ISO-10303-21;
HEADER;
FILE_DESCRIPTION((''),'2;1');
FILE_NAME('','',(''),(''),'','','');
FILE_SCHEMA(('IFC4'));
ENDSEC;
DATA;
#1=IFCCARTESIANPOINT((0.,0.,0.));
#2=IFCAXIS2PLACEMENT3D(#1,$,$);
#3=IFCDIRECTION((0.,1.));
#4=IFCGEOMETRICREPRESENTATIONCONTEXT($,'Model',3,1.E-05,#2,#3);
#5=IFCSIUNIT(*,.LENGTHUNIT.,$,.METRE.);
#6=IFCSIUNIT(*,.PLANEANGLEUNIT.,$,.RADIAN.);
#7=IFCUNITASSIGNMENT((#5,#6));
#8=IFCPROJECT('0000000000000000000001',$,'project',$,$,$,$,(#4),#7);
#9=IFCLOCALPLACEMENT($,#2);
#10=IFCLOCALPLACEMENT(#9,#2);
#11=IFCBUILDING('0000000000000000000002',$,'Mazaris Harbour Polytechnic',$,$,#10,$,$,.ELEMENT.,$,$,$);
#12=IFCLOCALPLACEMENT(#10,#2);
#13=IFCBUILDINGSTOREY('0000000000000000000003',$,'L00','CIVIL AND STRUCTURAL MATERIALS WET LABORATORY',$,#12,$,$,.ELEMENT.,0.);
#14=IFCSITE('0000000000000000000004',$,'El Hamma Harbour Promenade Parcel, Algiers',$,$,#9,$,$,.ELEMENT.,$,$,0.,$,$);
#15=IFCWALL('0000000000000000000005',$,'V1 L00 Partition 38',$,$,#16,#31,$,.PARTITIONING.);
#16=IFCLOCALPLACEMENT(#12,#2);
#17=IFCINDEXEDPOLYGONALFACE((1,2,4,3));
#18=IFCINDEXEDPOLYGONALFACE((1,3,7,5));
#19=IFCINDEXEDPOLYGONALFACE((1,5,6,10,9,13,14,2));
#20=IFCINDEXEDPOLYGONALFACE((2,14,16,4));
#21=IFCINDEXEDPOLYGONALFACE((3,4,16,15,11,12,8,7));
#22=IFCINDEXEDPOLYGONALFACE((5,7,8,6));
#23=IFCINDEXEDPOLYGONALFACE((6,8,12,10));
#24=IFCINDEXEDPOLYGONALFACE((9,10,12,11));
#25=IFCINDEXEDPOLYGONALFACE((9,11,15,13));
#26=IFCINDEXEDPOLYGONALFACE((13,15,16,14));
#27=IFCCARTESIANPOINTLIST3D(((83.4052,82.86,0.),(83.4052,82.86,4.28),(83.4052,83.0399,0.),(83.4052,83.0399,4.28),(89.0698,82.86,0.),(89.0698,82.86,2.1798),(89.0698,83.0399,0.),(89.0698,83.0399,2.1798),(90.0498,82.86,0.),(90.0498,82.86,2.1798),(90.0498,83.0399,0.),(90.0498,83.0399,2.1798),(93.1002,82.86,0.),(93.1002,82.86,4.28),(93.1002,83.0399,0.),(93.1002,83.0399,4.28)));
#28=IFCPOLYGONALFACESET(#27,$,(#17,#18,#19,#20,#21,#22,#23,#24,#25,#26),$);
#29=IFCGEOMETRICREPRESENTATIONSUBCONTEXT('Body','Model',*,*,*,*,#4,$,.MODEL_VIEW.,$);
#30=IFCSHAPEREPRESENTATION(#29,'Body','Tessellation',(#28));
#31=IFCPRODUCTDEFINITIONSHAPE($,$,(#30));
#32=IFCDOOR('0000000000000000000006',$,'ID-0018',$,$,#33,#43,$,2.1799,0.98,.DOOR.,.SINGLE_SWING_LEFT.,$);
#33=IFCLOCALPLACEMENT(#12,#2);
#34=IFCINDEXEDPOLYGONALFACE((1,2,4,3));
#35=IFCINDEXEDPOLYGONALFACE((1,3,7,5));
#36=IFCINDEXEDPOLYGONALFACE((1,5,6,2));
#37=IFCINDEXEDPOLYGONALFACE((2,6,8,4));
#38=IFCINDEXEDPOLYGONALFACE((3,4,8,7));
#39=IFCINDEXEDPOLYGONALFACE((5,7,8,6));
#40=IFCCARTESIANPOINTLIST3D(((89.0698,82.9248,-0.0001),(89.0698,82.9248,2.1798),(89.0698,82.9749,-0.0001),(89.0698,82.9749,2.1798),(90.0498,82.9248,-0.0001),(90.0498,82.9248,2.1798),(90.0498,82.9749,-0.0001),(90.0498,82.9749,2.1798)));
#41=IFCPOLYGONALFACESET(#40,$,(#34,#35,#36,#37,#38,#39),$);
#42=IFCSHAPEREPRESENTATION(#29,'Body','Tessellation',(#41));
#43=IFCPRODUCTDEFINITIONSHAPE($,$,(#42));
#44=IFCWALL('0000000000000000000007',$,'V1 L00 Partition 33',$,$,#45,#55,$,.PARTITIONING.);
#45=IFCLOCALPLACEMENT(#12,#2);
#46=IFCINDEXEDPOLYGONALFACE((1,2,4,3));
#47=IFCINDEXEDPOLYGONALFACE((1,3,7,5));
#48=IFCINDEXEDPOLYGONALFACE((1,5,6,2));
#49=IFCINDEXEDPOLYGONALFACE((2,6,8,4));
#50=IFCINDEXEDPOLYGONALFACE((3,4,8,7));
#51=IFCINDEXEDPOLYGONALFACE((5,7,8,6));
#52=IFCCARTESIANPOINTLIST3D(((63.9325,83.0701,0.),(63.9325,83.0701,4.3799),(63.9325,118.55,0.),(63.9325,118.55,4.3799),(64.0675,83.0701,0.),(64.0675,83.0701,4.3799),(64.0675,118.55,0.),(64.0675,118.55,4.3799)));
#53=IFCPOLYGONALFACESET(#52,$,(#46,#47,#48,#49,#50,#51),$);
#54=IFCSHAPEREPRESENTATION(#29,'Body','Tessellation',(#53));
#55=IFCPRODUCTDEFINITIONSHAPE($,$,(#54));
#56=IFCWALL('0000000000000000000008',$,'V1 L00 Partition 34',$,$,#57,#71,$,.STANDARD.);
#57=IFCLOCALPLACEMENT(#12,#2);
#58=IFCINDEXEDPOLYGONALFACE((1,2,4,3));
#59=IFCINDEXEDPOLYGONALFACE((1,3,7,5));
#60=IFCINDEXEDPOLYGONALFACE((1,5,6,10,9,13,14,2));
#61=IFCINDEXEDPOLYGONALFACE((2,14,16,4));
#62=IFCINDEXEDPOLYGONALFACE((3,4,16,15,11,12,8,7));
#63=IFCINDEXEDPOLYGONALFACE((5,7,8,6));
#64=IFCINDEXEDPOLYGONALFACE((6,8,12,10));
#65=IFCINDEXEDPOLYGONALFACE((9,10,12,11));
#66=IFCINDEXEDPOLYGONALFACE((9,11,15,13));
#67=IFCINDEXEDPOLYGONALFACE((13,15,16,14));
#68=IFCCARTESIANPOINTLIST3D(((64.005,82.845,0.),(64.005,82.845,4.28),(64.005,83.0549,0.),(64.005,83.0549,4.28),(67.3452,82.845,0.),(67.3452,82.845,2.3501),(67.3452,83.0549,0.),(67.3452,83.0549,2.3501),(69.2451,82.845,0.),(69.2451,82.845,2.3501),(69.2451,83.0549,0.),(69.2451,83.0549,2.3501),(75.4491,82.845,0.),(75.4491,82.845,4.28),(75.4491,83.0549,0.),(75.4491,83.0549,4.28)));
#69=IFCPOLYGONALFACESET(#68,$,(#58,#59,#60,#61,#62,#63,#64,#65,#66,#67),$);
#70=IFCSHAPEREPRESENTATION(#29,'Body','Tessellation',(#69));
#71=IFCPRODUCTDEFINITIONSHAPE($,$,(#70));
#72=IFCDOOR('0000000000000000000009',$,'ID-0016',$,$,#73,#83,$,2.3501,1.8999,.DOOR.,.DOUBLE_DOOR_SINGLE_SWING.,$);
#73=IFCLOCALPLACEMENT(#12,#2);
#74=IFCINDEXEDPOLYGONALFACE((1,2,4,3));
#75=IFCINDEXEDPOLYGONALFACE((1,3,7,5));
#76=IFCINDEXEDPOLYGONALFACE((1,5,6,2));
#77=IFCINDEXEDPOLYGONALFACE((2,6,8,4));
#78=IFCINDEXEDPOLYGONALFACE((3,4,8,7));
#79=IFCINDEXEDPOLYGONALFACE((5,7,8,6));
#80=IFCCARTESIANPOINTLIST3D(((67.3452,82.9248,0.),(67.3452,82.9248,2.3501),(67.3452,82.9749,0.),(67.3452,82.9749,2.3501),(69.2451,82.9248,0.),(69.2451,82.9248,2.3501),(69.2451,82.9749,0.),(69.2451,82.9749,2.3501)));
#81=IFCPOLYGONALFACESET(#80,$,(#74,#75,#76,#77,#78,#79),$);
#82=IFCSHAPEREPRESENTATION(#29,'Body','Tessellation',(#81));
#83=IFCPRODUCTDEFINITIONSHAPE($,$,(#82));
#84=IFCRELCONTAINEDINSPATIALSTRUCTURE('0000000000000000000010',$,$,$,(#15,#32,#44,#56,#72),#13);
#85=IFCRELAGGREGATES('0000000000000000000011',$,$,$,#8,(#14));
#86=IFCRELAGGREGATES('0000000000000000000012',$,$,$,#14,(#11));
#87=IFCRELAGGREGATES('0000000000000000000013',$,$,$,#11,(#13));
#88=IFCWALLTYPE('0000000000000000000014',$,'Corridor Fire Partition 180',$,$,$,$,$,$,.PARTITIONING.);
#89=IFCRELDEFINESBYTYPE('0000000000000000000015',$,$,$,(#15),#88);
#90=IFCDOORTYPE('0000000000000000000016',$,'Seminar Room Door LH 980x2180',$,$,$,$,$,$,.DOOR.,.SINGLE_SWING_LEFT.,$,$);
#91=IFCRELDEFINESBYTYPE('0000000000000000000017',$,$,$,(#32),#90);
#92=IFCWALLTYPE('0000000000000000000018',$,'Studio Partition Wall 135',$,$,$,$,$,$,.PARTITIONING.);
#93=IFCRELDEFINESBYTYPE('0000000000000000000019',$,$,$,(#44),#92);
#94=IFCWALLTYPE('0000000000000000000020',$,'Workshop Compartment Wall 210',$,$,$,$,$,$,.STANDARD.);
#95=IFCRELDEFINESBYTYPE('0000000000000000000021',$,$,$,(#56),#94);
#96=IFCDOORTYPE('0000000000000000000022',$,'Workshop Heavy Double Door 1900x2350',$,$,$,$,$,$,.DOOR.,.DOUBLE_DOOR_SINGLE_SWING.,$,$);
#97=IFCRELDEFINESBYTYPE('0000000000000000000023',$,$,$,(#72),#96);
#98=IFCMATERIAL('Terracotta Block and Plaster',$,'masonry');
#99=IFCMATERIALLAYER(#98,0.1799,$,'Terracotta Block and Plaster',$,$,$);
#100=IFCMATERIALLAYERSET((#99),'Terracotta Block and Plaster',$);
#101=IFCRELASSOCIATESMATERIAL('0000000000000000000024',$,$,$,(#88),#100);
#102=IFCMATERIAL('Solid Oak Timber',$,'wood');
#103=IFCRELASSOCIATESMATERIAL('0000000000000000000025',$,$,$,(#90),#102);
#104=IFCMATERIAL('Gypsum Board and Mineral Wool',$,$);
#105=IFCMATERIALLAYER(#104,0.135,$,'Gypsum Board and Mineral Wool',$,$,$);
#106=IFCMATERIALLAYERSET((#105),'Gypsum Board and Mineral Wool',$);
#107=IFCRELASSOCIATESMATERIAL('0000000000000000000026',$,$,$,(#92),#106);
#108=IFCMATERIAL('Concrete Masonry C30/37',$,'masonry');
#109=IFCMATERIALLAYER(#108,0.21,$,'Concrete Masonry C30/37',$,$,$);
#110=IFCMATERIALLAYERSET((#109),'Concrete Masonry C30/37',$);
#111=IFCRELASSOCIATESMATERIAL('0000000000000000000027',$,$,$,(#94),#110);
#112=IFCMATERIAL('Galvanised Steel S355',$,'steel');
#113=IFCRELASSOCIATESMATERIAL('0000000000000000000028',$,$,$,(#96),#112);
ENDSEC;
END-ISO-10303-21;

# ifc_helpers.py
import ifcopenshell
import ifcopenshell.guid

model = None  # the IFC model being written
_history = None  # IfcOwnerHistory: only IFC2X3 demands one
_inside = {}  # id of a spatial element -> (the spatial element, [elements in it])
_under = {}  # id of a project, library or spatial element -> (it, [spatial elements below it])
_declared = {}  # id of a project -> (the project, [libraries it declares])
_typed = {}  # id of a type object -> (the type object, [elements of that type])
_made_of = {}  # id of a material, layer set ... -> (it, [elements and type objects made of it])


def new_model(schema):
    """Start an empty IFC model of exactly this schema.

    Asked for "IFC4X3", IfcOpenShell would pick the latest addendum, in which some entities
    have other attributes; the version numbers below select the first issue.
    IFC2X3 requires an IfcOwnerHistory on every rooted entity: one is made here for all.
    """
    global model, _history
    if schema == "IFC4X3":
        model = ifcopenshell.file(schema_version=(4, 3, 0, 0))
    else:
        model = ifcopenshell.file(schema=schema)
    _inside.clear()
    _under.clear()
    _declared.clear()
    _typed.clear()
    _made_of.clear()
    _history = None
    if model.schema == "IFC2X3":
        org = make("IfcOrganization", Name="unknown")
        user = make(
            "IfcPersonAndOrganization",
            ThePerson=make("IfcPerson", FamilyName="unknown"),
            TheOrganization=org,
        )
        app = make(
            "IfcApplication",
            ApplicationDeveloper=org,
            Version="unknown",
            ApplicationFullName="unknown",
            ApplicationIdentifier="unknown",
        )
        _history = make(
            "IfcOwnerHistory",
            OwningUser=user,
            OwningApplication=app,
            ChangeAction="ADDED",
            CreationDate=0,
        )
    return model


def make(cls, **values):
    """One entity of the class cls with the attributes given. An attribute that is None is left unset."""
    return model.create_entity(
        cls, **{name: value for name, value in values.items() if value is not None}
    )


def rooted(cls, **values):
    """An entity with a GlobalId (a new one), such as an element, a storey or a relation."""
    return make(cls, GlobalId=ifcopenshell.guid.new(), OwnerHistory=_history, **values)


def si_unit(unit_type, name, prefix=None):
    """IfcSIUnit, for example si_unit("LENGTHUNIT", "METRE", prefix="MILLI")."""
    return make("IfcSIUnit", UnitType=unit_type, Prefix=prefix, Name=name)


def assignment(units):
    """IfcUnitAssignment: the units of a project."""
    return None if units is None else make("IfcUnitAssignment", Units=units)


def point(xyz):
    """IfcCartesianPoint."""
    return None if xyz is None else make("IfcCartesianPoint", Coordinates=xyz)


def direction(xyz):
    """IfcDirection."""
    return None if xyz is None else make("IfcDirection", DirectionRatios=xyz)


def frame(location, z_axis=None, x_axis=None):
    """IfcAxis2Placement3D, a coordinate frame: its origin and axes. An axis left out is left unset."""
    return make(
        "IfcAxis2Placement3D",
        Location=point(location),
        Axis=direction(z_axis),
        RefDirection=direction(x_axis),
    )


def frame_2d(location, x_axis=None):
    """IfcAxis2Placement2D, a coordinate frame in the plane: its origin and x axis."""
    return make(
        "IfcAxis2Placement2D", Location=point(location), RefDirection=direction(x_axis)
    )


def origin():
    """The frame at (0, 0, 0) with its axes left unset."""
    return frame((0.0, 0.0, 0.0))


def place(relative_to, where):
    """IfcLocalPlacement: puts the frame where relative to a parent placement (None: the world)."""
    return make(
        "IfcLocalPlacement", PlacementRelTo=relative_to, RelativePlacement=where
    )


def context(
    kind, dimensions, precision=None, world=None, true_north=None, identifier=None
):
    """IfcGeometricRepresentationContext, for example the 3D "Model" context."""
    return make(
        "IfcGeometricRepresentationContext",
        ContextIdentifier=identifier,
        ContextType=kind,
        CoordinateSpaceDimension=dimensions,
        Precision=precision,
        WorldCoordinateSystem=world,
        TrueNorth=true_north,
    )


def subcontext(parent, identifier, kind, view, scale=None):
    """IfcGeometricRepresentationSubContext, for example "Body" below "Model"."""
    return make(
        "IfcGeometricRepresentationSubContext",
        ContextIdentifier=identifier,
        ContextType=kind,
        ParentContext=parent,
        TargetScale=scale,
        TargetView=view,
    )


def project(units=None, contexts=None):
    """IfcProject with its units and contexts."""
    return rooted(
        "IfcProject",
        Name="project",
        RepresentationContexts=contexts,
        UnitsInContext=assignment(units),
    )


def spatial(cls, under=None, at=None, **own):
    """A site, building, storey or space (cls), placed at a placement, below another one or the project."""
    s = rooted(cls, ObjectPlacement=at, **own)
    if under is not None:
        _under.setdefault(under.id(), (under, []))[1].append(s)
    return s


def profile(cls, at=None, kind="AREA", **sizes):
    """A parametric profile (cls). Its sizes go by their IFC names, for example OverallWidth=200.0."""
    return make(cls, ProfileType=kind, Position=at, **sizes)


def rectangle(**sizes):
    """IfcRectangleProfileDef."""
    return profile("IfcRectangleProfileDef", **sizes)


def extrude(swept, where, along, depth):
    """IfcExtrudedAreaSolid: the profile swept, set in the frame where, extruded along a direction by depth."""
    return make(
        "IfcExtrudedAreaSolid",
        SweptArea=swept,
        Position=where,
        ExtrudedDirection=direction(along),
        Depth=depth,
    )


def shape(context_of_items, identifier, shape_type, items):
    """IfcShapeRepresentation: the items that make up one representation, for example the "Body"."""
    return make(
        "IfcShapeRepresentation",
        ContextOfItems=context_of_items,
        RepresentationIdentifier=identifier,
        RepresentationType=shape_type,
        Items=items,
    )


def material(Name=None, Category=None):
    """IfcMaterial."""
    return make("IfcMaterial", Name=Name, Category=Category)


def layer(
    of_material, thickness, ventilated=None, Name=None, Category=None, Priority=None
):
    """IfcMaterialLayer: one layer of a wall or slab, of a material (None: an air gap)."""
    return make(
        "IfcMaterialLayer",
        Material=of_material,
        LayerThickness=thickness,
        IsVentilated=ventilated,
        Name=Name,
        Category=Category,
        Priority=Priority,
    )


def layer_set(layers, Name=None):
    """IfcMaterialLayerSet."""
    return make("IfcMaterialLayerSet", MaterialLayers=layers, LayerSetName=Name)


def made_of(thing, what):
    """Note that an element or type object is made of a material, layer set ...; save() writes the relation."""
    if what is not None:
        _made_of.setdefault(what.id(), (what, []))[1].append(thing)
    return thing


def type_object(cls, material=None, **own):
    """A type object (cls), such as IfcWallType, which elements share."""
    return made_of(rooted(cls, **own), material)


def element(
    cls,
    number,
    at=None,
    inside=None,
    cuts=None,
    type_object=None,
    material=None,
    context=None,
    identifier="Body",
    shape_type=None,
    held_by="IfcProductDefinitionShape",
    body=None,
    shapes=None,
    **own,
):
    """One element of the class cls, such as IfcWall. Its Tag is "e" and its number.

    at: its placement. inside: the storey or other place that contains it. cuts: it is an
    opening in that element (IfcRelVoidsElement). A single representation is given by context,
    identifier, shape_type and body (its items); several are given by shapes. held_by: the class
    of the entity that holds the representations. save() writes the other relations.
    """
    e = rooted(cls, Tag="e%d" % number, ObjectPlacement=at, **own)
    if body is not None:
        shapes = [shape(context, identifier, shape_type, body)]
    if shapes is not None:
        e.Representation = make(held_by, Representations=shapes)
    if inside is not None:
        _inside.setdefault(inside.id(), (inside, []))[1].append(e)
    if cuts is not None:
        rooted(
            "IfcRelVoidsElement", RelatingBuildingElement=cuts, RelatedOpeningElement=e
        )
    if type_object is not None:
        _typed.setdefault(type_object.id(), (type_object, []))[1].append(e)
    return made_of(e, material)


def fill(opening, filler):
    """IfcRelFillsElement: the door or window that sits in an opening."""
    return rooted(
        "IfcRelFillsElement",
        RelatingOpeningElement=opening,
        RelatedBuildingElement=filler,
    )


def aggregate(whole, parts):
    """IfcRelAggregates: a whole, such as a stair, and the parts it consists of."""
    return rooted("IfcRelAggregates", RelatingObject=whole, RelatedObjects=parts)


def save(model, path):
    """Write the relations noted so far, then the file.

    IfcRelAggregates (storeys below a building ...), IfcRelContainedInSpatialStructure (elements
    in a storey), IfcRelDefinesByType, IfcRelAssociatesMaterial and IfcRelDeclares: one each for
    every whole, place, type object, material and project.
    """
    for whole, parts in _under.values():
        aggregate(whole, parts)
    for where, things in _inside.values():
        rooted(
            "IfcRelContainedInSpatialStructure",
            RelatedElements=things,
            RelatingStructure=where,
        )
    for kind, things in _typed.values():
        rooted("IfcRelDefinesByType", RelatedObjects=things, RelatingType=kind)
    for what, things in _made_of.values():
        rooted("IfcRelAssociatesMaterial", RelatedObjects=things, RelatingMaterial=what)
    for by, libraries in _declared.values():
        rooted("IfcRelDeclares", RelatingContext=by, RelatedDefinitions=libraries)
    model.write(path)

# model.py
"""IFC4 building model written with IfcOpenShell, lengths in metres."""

from ifc_helpers import new_model, si_unit, direction, frame, frame_2d, origin, place, context, subcontext, project, spatial, rectangle, extrude, material, layer, layer_set, type_object, element, fill, save


model = new_model("IFC4")

# Units and contexts
model_context = context("Model", 3, precision=1e-05, world=origin(), true_north=direction((0.0, 1.0)))
body_context = subcontext(model_context, "Body", "Model", "MODEL_VIEW")
ifc_project = project(units=[si_unit("LENGTHUNIT", "METRE"), si_unit("PLANEANGLEUNIT", "RADIAN")], contexts=[model_context])

# Site, building, storey
site_placement = place(None, origin())
site = spatial("IfcSite", under=ifc_project, at=site_placement, Name="El Hamma Harbour Promenade Parcel, Algiers", CompositionType="ELEMENT", RefElevation=0.0)
building_placement = place(site_placement, origin())
building = spatial("IfcBuilding", under=site, at=building_placement, Name="Mazaris Harbour Polytechnic", CompositionType="ELEMENT")
storey_placement = place(building_placement, origin())
storey = spatial("IfcBuildingStorey", under=building, at=storey_placement, Name="L00", Description="CIVIL AND STRUCTURAL MATERIALS WET LABORATORY", CompositionType="ELEMENT", Elevation=0.0)

# Wall, opening, door
ifc_material_1 = material(Name="Terracotta Block and Plaster", Category="masonry")
ifc_layer_1 = layer(ifc_material_1, 0.1799, Name="Terracotta Block and Plaster")
ifc_layer_set_1 = layer_set([ifc_layer_1], Name="Terracotta Block and Plaster")
wall_type_1 = type_object("IfcWallType", Name="Corridor Fire Partition 180", PredefinedType="PARTITIONING", material=ifc_layer_set_1)
wall_1_placement = place(storey_placement, frame((83.405, 82.95, 0.0), z_axis=(0.0, 0.0, 1.0), x_axis=(1.0, 0.0, 0.0)))
wall_1 = element("IfcWall", 1, at=wall_1_placement, inside=storey, type_object=wall_type_1, Name="V1 L00 Partition 38", PredefinedType="PARTITIONING", context=body_context, shape_type="SweptSolid", body=[
    extrude(rectangle(XDim=9.6951, YDim=0.1799, at=frame_2d((4.8477, 0.0))), origin(), (0.0, 0.0, 1.0), 4.28),
])
opening_1_placement = place(wall_1_placement, frame((5.6648, 0.0, 0.0)))
opening_1 = element("IfcOpeningElement", 2, at=opening_1_placement, cuts=wall_1, PredefinedType="OPENING", context=body_context, shape_type="SweptSolid", body=[
    extrude(rectangle(XDim=0.98, YDim=2.1799, at=frame_2d((0.49, 1.0898))), frame((0.0, 0.0999, 0.0), z_axis=(0.0, -1.0, 0.0), x_axis=(1.0, 0.0, 0.0)), (0.0, 0.0, 1.0), 0.2),
])
ifc_material_2 = material(Name="Solid Oak Timber", Category="wood")
door_type_1 = type_object("IfcDoorType", Name="Seminar Room Door LH 980x2180", OperationType="SINGLE_SWING_LEFT", PredefinedType="DOOR", material=ifc_material_2)
door_1_placement = place(opening_1_placement, origin())
door_1 = element("IfcDoor", 3, at=door_1_placement, inside=storey, type_object=door_type_1, Name="ID-0018", OperationType="SINGLE_SWING_LEFT", OverallHeight=2.1799, OverallWidth=0.98, PredefinedType="DOOR", context=body_context, shape_type="SweptSolid", body=[
    extrude(rectangle(XDim=0.98, YDim=2.1799, at=frame_2d((0.49, 1.0898))), frame((0.0, 0.0249, 0.0), z_axis=(0.0, -1.0, 0.0), x_axis=(1.0, 0.0, 0.0)), (0.0, 0.0, 1.0), 0.05),
])
fill(opening_1, door_1)

# Wall
ifc_material_3 = material(Name="Gypsum Board and Mineral Wool")
ifc_layer_2 = layer(ifc_material_3, 0.135, Name="Gypsum Board and Mineral Wool")
ifc_layer_set_2 = layer_set([ifc_layer_2], Name="Gypsum Board and Mineral Wool")
wall_type_2 = type_object("IfcWallType", Name="Studio Partition Wall 135", PredefinedType="PARTITIONING", material=ifc_layer_set_2)
wall_2_placement = place(storey_placement, frame((64.0, 83.0701, 0.0), z_axis=(0.0, 0.0, 1.0), x_axis=(0.0, 1.0, 0.0)))
element("IfcWall", 4, at=wall_2_placement, inside=storey, type_object=wall_type_2, Name="V1 L00 Partition 33", PredefinedType="PARTITIONING", context=body_context, shape_type="SweptSolid", body=[
    extrude(rectangle(XDim=35.48, YDim=0.135, at=frame_2d((17.74, 0.0))), origin(), (0.0, 0.0, 1.0), 4.3799),
])

# Wall, opening, door
ifc_material_4 = material(Name="Concrete Masonry C30/37", Category="masonry")
ifc_layer_3 = layer(ifc_material_4, 0.21, Name="Concrete Masonry C30/37")
ifc_layer_set_3 = layer_set([ifc_layer_3], Name="Concrete Masonry C30/37")
wall_type_3 = type_object("IfcWallType", Name="Workshop Compartment Wall 210", PredefinedType="STANDARD", material=ifc_layer_set_3)
wall_3_placement = place(storey_placement, frame((64.0049, 82.95, 0.0), z_axis=(0.0, 0.0, 1.0), x_axis=(1.0, 0.0, 0.0)))
wall_3 = element("IfcWall", 5, at=wall_3_placement, inside=storey, type_object=wall_type_3, Name="V1 L00 Partition 34", PredefinedType="STANDARD", context=body_context, shape_type="SweptSolid", body=[
    extrude(rectangle(XDim=11.4441, YDim=0.21, at=frame_2d((5.7222, 0.0))), origin(), (0.0, 0.0, 1.0), 4.28),
])
opening_2_placement = place(wall_3_placement, frame((3.3403, 0.0, 0.0)))
opening_2 = element("IfcOpeningElement", 6, at=opening_2_placement, cuts=wall_3, PredefinedType="OPENING", context=body_context, shape_type="SweptSolid", body=[
    extrude(rectangle(XDim=1.8999, YDim=2.3501, at=frame_2d((0.95, 1.175))), frame((0.0, 0.115, 0.0), z_axis=(0.0, -1.0, 0.0), x_axis=(1.0, 0.0, 0.0)), (0.0, 0.0, 1.0), 0.23),
])
ifc_material_5 = material(Name="Galvanised Steel S355", Category="steel")
door_type_2 = type_object("IfcDoorType", Name="Workshop Heavy Double Door 1900x2350", OperationType="DOUBLE_DOOR_SINGLE_SWING", PredefinedType="DOOR", material=ifc_material_5)
door_2_placement = place(opening_2_placement, origin())
door_2 = element("IfcDoor", 7, at=door_2_placement, inside=storey, type_object=door_type_2, Name="ID-0016", OperationType="DOUBLE_DOOR_SINGLE_SWING", OverallHeight=2.3501, OverallWidth=1.8999, PredefinedType="DOOR", context=body_context, shape_type="SweptSolid", body=[
    extrude(rectangle(XDim=1.8999, YDim=2.3501, at=frame_2d((0.95, 1.175))), frame((0.0, 0.0249, 0.0), z_axis=(0.0, -1.0, 0.0), x_axis=(1.0, 0.0, 0.0)), (0.0, 0.0, 1.0), 0.05),
])
fill(opening_2, door_2)

save(model, "model.ifc")
